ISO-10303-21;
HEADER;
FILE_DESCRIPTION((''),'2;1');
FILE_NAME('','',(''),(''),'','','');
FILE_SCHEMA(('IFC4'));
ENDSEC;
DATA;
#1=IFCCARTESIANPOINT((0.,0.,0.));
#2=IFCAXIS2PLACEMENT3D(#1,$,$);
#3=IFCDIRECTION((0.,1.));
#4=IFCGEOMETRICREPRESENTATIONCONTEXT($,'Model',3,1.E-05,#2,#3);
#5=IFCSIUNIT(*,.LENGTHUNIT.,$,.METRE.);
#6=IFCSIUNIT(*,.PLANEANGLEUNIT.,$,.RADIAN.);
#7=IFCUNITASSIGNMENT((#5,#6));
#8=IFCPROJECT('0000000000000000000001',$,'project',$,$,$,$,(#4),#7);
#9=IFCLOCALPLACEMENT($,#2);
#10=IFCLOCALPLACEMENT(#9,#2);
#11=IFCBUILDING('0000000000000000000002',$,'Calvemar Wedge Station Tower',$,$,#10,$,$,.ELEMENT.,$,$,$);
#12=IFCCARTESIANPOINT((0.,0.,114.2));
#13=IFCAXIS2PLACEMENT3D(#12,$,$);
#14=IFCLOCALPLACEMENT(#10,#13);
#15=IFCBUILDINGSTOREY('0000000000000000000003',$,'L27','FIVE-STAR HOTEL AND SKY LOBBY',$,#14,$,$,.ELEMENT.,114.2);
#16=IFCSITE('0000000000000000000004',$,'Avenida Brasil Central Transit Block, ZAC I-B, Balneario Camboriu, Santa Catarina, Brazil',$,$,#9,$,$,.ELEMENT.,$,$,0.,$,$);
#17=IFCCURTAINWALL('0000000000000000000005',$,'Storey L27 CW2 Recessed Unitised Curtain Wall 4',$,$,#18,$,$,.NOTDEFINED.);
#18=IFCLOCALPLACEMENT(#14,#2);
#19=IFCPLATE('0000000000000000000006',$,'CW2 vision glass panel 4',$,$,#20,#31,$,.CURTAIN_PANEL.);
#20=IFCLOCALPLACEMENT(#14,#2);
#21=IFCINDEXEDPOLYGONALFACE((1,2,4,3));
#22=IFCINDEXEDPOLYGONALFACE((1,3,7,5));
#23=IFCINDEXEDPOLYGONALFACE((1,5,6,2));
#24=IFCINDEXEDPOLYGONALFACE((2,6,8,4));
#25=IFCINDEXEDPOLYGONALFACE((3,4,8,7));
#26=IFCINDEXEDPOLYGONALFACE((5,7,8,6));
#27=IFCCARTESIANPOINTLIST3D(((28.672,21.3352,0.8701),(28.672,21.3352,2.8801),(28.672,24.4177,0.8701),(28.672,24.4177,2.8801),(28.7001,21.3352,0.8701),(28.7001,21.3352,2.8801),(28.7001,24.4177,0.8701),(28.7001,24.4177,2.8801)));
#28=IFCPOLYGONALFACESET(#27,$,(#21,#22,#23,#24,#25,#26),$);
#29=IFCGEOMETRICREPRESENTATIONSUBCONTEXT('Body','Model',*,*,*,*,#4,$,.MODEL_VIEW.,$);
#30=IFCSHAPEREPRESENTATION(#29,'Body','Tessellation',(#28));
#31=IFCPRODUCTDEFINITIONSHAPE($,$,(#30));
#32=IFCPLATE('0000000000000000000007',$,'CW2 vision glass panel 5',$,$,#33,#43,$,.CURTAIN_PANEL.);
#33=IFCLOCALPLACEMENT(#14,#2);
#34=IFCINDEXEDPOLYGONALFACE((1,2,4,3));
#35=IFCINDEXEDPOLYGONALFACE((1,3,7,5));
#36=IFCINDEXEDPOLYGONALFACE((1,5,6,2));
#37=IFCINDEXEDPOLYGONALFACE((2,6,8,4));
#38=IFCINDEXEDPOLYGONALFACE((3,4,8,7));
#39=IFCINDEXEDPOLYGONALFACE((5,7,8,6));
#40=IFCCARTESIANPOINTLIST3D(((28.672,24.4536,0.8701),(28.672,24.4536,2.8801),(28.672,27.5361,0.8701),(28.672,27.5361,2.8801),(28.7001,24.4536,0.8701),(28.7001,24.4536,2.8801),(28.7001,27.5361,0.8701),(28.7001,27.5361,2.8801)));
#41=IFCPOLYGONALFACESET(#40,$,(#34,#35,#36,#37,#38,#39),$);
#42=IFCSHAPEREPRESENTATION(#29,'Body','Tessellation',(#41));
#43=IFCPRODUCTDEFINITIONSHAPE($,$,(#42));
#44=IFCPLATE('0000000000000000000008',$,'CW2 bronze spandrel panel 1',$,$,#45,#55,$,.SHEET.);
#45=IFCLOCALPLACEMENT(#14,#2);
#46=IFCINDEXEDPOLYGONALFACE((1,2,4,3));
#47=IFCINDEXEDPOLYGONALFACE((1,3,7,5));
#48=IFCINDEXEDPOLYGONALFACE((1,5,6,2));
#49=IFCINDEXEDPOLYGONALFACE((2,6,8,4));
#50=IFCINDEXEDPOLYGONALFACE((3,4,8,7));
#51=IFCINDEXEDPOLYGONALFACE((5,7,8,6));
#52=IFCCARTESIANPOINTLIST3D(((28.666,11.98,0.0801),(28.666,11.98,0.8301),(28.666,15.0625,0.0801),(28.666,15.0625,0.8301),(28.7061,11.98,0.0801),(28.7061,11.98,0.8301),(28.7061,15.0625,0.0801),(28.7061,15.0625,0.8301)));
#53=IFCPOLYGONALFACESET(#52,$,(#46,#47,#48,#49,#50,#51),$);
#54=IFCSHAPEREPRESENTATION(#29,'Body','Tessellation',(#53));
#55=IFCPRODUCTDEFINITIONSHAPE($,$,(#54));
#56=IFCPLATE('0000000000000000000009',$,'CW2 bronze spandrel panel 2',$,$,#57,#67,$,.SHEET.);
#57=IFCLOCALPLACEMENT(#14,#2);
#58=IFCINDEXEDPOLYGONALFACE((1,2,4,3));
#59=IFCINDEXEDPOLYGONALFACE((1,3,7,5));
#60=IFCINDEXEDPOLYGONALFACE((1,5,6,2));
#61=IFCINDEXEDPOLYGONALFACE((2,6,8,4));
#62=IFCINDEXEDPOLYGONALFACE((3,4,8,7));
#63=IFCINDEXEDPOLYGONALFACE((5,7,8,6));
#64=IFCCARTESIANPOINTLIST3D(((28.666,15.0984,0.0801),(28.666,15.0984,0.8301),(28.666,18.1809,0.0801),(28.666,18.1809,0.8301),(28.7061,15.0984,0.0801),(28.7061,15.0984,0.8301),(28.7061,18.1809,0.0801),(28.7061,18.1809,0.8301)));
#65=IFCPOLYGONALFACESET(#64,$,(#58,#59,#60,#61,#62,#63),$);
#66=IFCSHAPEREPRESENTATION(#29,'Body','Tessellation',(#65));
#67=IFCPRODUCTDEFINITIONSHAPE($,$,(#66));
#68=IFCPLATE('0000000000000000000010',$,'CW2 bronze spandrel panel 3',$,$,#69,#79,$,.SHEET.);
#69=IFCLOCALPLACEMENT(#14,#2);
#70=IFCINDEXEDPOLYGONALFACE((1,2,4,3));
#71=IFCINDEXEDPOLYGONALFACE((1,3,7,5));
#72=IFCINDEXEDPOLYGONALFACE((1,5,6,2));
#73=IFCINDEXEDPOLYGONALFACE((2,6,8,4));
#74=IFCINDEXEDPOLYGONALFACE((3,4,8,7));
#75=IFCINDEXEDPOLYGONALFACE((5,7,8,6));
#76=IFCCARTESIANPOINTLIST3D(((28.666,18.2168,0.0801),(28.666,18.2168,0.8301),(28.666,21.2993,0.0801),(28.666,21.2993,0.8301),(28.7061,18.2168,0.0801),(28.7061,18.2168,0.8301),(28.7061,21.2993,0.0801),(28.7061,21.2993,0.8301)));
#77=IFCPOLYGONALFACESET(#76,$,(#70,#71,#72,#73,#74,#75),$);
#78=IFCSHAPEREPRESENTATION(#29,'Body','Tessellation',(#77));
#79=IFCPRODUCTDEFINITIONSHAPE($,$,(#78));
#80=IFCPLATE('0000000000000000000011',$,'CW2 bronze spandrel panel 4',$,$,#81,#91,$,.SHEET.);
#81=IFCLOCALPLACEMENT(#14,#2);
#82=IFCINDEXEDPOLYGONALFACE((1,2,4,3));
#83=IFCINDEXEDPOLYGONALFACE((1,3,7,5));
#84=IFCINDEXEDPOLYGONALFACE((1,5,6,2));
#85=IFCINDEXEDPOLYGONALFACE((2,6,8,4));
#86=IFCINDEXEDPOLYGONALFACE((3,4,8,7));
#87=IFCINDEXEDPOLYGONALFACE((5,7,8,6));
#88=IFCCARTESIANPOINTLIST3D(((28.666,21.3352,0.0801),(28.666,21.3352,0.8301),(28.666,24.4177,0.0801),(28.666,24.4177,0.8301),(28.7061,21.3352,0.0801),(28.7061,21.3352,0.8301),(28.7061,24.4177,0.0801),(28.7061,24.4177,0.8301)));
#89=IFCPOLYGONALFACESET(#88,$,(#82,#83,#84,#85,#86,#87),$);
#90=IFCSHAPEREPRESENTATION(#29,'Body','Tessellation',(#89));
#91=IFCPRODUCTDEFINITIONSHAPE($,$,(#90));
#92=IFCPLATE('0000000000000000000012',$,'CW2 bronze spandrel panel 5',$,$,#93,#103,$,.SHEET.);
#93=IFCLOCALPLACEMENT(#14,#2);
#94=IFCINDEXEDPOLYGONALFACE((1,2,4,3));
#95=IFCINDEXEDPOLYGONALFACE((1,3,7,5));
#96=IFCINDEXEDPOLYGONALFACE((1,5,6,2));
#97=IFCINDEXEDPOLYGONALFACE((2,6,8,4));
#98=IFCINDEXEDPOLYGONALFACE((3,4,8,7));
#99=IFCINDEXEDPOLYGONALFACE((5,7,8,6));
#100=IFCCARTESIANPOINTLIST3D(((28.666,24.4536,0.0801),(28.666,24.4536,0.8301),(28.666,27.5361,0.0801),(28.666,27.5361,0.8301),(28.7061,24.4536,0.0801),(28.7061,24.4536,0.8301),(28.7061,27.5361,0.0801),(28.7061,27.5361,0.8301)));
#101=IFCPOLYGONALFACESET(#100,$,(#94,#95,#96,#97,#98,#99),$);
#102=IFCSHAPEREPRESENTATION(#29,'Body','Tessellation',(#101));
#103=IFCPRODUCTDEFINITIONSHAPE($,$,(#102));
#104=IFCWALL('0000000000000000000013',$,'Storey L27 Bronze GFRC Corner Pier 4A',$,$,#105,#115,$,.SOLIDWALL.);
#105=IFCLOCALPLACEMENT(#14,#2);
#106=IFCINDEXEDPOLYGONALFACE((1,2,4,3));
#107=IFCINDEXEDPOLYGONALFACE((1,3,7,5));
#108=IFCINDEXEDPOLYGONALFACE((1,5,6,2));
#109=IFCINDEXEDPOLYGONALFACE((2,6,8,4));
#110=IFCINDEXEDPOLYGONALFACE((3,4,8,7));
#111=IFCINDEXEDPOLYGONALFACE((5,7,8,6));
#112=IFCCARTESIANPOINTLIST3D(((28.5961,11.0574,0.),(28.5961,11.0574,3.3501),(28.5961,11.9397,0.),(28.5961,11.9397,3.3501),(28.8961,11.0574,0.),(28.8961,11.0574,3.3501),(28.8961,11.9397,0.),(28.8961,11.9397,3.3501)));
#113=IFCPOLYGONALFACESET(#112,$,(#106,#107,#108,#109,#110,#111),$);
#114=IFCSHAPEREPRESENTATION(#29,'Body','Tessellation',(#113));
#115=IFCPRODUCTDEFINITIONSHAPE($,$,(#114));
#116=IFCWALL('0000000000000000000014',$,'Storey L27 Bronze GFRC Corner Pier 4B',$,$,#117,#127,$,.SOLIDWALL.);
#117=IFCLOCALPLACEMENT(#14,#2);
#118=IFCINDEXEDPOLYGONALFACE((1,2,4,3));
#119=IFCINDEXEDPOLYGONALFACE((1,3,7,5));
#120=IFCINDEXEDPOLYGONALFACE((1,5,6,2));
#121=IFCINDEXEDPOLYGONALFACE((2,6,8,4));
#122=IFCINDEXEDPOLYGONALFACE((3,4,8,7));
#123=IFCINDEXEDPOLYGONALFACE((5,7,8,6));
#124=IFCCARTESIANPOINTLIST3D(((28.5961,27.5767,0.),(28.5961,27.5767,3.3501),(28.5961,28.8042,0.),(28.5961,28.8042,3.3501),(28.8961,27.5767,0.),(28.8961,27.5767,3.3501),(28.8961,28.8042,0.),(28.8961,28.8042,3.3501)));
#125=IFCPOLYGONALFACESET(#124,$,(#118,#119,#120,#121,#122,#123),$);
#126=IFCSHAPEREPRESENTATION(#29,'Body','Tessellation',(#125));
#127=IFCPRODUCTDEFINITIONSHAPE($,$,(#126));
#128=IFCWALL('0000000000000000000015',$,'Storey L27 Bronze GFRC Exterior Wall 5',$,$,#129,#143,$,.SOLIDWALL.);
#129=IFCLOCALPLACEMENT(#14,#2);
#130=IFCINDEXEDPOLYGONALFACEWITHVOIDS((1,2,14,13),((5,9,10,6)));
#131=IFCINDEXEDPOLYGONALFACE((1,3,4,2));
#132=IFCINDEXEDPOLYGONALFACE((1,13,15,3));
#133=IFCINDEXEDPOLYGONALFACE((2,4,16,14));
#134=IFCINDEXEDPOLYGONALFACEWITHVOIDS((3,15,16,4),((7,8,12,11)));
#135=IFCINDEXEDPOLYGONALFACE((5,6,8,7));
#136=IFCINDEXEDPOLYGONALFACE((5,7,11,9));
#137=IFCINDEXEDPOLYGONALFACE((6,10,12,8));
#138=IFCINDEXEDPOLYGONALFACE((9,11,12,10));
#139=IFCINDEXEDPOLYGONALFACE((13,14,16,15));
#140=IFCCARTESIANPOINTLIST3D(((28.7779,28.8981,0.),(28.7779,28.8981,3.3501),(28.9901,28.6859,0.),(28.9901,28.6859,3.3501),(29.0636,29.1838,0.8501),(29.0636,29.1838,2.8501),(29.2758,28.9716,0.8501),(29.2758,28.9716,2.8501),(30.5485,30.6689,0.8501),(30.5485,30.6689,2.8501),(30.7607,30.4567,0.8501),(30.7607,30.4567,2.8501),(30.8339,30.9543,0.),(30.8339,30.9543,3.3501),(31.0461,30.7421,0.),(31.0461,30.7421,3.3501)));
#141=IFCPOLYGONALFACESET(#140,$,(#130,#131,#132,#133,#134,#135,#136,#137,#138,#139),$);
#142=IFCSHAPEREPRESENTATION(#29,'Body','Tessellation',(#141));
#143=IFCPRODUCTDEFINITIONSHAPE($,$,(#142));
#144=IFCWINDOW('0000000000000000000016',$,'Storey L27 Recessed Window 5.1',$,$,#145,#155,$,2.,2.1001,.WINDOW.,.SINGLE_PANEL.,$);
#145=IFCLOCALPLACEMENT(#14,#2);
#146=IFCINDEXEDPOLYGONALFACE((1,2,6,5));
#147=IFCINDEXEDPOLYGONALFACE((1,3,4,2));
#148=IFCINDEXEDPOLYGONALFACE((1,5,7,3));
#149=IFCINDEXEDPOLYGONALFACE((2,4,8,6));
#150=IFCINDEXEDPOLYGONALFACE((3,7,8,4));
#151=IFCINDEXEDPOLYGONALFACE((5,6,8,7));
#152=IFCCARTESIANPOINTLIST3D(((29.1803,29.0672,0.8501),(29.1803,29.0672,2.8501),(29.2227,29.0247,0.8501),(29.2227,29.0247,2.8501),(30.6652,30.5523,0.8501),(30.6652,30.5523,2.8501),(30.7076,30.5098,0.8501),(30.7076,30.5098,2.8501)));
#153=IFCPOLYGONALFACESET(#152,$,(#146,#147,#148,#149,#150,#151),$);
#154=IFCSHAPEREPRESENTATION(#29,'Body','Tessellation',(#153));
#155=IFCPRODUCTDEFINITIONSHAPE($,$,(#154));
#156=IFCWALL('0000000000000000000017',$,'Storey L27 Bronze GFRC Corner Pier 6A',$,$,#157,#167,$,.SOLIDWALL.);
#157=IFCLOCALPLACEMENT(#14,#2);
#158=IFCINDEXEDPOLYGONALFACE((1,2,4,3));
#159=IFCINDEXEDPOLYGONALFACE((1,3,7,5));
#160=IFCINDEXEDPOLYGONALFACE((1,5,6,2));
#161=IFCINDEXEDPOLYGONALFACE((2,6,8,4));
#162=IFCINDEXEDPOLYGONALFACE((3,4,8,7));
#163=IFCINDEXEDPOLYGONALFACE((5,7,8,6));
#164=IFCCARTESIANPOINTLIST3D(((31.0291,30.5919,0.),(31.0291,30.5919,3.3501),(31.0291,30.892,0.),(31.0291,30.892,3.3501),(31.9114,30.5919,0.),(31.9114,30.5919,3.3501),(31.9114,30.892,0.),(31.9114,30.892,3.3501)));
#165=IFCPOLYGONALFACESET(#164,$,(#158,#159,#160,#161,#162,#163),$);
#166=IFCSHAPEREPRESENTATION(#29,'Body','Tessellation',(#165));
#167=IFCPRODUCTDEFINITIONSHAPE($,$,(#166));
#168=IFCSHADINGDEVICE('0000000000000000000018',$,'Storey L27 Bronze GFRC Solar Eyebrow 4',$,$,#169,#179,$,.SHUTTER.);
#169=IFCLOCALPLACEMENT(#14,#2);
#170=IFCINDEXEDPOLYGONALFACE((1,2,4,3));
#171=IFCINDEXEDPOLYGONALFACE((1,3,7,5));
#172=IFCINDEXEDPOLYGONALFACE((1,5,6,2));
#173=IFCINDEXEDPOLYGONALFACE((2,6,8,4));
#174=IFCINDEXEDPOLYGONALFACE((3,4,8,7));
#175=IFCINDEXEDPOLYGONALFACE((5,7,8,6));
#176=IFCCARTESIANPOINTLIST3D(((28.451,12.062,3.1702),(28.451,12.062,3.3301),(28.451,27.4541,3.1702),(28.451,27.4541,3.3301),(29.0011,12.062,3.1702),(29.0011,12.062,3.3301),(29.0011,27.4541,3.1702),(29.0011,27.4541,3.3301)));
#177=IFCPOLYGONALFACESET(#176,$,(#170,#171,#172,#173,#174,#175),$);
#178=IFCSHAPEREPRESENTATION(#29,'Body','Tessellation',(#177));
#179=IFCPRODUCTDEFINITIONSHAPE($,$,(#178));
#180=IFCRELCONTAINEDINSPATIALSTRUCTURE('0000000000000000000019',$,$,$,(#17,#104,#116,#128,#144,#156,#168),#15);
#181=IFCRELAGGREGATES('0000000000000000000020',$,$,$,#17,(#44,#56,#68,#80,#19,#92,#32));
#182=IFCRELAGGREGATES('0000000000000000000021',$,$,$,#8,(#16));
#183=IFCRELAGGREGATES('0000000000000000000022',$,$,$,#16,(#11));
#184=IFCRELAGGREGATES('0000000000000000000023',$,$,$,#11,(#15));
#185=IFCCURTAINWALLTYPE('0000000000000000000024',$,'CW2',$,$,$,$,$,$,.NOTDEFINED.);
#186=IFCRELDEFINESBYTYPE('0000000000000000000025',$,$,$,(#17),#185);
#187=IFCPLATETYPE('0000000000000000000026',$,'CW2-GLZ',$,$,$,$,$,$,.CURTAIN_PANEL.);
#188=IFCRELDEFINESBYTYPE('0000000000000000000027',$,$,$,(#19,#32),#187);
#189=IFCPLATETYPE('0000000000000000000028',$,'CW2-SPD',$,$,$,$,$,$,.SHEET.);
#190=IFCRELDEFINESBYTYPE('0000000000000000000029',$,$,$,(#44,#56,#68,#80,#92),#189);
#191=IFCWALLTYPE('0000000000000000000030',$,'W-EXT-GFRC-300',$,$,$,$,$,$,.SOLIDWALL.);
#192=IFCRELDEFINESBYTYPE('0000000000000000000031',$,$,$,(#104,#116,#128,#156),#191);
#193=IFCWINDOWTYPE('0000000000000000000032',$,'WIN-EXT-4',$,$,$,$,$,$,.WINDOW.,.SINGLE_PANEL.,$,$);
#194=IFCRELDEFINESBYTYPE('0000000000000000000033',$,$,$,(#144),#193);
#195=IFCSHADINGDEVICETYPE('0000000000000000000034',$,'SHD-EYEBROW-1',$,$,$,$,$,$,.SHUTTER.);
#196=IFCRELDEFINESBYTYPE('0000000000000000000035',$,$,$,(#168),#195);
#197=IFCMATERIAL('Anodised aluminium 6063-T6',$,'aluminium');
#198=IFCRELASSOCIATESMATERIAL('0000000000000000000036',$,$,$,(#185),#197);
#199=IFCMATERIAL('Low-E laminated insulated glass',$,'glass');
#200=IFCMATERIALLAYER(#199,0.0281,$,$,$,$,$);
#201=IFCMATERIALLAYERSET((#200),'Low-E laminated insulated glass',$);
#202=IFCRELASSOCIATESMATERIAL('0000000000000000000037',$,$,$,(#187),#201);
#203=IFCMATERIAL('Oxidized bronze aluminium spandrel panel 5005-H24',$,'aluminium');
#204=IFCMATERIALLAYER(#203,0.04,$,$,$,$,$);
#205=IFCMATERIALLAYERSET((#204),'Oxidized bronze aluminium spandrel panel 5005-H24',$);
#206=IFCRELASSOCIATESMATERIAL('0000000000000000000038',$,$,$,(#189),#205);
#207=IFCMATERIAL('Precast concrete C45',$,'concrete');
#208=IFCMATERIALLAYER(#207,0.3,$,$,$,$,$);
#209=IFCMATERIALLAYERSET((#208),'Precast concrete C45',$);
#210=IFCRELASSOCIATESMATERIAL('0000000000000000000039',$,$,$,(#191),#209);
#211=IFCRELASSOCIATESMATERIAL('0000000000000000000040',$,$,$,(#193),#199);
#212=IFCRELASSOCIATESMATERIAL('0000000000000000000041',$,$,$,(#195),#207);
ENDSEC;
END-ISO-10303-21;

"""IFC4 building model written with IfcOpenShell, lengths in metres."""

from ifc_helpers import new_model, si_unit, direction, frame, frame_2d, origin, place, context, subcontext, project, spatial, rectangle, extrude, source, transform, mapped, material, layer, layer_set, type_object, element, fill, aggregate, save


model = new_model("IFC4")

# Units and contexts
model_context = context("Model", 3, precision=1e-05, world=origin(), true_north=direction((0.0, 1.0)))
body_context = subcontext(model_context, "Body", "Model", "MODEL_VIEW")
ifc_project = project(units=[si_unit("LENGTHUNIT", "METRE"), si_unit("PLANEANGLEUNIT", "RADIAN")], contexts=[model_context])

# Site, building, storey
site_placement = place(None, origin())
site = spatial("IfcSite", under=ifc_project, at=site_placement, Name="Avenida Brasil Central Transit Block, ZAC I-B, Balneario Camboriu, Santa Catarina, Brazil", CompositionType="ELEMENT", RefElevation=0.0)
building_placement = place(site_placement, origin())
building = spatial("IfcBuilding", under=site, at=building_placement, Name="Calvemar Wedge Station Tower", CompositionType="ELEMENT")
storey_placement = place(building_placement, frame((0.0, 0.0, 114.2)))
storey = spatial("IfcBuildingStorey", under=building, at=storey_placement, Name="L27", Description="FIVE-STAR HOTEL AND SKY LOBBY", CompositionType="ELEMENT", Elevation=114.2)

# Curtain wall
ifc_material_1 = material(Name="Anodised aluminium 6063-T6", Category="aluminium")
curtain_wall_type = type_object("IfcCurtainWallType", Name="CW2", PredefinedType="NOTDEFINED", material=ifc_material_1)
curtain_wall_1_placement = place(storey_placement, origin())
curtain_wall_1 = element("IfcCurtainWall", 1, at=curtain_wall_1_placement, inside=storey, type_object=curtain_wall_type, Name="Storey L27 CW2 Recessed Unitised Curtain Wall 4", PredefinedType="NOTDEFINED")

# Plates
ifc_material_2 = material(Name="Low-E laminated insulated glass", Category="glass")
ifc_layer_1 = layer(ifc_material_2, 0.0281)
ifc_layer_set_1 = layer_set([ifc_layer_1], Name="Low-E laminated insulated glass")
plate_type_1 = type_object("IfcPlateType", Name="CW2-GLZ", PredefinedType="CURTAIN_PANEL", material=ifc_layer_set_1)
plate_1_placement = place(storey_placement, frame((28.686, 21.3352, 0.8701), z_axis=(0.0, 0.0, 1.0), x_axis=(0.0, 1.0, 0.0)))
plate_1 = element("IfcPlate", 2, at=plate_1_placement, type_object=plate_type_1, Name="CW2 vision glass panel 4", PredefinedType="CURTAIN_PANEL", context=body_context, shape_type="SweptSolid", body=[
    extrude(rectangle(XDim=3.0825, YDim=0.0281, at=frame_2d((1.5413, 0.0))), origin(), (0.0, 0.0, 1.0), 2.01),
])
plate_2_placement = place(storey_placement, frame((28.686, 24.4536, 0.8701), z_axis=(0.0, 0.0, 1.0), x_axis=(0.0, 1.0, 0.0)))
plate_2 = element("IfcPlate", 3, at=plate_2_placement, type_object=plate_type_1, Name="CW2 vision glass panel 5", PredefinedType="CURTAIN_PANEL", context=body_context, shape_type="SweptSolid", body=[
    extrude(rectangle(XDim=3.0825, YDim=0.0281, at=frame_2d((1.5413, 0.0))), origin(), (0.0, 0.0, 1.0), 2.01),
])
ifc_material_3 = material(Name="Oxidized bronze aluminium spandrel panel 5005-H24", Category="aluminium")
ifc_layer_2 = layer(ifc_material_3, 0.04)
ifc_layer_set_2 = layer_set([ifc_layer_2], Name="Oxidized bronze aluminium spandrel panel 5005-H24")
plate_type_2 = type_object("IfcPlateType", Name="CW2-SPD", PredefinedType="SHEET", material=ifc_layer_set_2)
plate_3_placement = place(storey_placement, frame((28.686, 11.98, 0.0801), z_axis=(0.0, 0.0, 1.0), x_axis=(0.0, 1.0, 0.0)))
plate_3 = element("IfcPlate", 4, at=plate_3_placement, type_object=plate_type_2, Name="CW2 bronze spandrel panel 1", PredefinedType="SHEET", context=body_context, shape_type="SweptSolid", body=[
    extrude(rectangle(XDim=3.0825, YDim=0.04, at=frame_2d((1.5413, 0.0))), origin(), (0.0, 0.0, 1.0), 0.75),
])
plate_4_placement = place(storey_placement, frame((28.686, 15.0984, 0.0801), z_axis=(0.0, 0.0, 1.0), x_axis=(0.0, 1.0, 0.0)))
plate_4 = element("IfcPlate", 5, at=plate_4_placement, type_object=plate_type_2, Name="CW2 bronze spandrel panel 2", PredefinedType="SHEET", context=body_context, shape_type="SweptSolid", body=[
    extrude(rectangle(XDim=3.0825, YDim=0.04, at=frame_2d((1.5413, 0.0))), origin(), (0.0, 0.0, 1.0), 0.75),
])
plate_5_placement = place(storey_placement, frame((28.686, 18.2168, 0.0801), z_axis=(0.0, 0.0, 1.0), x_axis=(0.0, 1.0, 0.0)))
plate_5 = element("IfcPlate", 6, at=plate_5_placement, type_object=plate_type_2, Name="CW2 bronze spandrel panel 3", PredefinedType="SHEET", context=body_context, shape_type="SweptSolid", body=[
    extrude(rectangle(XDim=3.0825, YDim=0.04, at=frame_2d((1.5413, 0.0))), origin(), (0.0, 0.0, 1.0), 0.75),
])
plate_6_placement = place(storey_placement, frame((28.686, 21.3352, 0.0801), z_axis=(0.0, 0.0, 1.0), x_axis=(0.0, 1.0, 0.0)))
plate_6 = element("IfcPlate", 7, at=plate_6_placement, type_object=plate_type_2, Name="CW2 bronze spandrel panel 4", PredefinedType="SHEET", context=body_context, shape_type="SweptSolid", body=[
    extrude(rectangle(XDim=3.0825, YDim=0.04, at=frame_2d((1.5413, 0.0))), origin(), (0.0, 0.0, 1.0), 0.75),
])
plate_7_placement = place(storey_placement, frame((28.686, 24.4536, 0.0801), z_axis=(0.0, 0.0, 1.0), x_axis=(0.0, 1.0, 0.0)))
plate_7 = element("IfcPlate", 8, at=plate_7_placement, type_object=plate_type_2, Name="CW2 bronze spandrel panel 5", PredefinedType="SHEET", context=body_context, shape_type="SweptSolid", body=[
    extrude(rectangle(XDim=3.0825, YDim=0.04, at=frame_2d((1.5413, 0.0))), origin(), (0.0, 0.0, 1.0), 0.75),
])
aggregate(curtain_wall_1, [plate_3, plate_4, plate_5, plate_6, plate_1, plate_7, plate_2])

# Walls
ifc_material_4 = material(Name="Precast concrete C45", Category="concrete")
ifc_layer_3 = layer(ifc_material_4, 0.3)
ifc_layer_set_3 = layer_set([ifc_layer_3], Name="Precast concrete C45")
wall_type = type_object("IfcWallType", Name="W-EXT-GFRC-300", PredefinedType="SOLIDWALL", material=ifc_layer_set_3)
wall_1_placement = place(storey_placement, frame((28.7461, 11.0574, 0.0), z_axis=(0.0, 0.0, 1.0), x_axis=(0.0, 1.0, 0.0)))
element("IfcWall", 9, at=wall_1_placement, inside=storey, type_object=wall_type, Name="Storey L27 Bronze GFRC Corner Pier 4A", PredefinedType="SOLIDWALL", context=body_context, shape_type="SweptSolid", body=[
    extrude(rectangle(XDim=0.8823, YDim=0.3, at=frame_2d((0.4412, 0.0))), origin(), (0.0, 0.0, 1.0), 3.3501),
])
wall_2_placement = place(storey_placement, frame((28.7461, 27.5767, 0.0), z_axis=(0.0, 0.0, 1.0), x_axis=(0.0, 1.0, 0.0)))
element("IfcWall", 10, at=wall_2_placement, inside=storey, type_object=wall_type, Name="Storey L27 Bronze GFRC Corner Pier 4B", PredefinedType="SOLIDWALL", context=body_context, shape_type="SweptSolid", body=[
    extrude(rectangle(XDim=1.2275, YDim=0.3, at=frame_2d((0.6138, 0.0))), origin(), (0.0, 0.0, 1.0), 3.3501),
])

# Wall, opening, window
wall_3_placement = place(storey_placement, frame((28.884, 28.792, 0.0), z_axis=(0.0, 0.0, 1.0), x_axis=(0.707065, 0.707149, 0.0)))
wall_3 = element("IfcWall", 11, at=wall_3_placement, inside=storey, type_object=wall_type, Name="Storey L27 Bronze GFRC Exterior Wall 5", PredefinedType="SOLIDWALL", context=body_context, shape_type="SweptSolid", body=[
    extrude(rectangle(XDim=2.9077, YDim=0.3, at=frame_2d((1.4539, 0.0))), origin(), (0.0, 0.0, 1.0), 3.3501),
])
shared_shape_1 = source(origin(), body_context, "Body", "SweptSolid", [
    extrude(rectangle(XDim=2.1001, YDim=2.0, at=frame_2d((1.05, 1.0))), frame((0.0, 0.1602, 0.0), z_axis=(0.0, -1.0, 0.0), x_axis=(1.0, 0.0, 0.0)), (0.0, 0.0, 1.0), 0.3201),
])
opening_placement = place(wall_3_placement, frame((0.4041, 0.0, 0.8501)))
opening = element("IfcOpeningElement", 12, at=opening_placement, cuts=wall_3, PredefinedType="OPENING", context=body_context, shape_type="MappedRepresentation", body=[
    mapped(shared_shape_1, transform((0.0, 0.0, 0.0), scale=1.0)),
])
window_type = type_object("IfcWindowType", Name="WIN-EXT-4", PartitioningType="SINGLE_PANEL", PredefinedType="WINDOW", material=ifc_material_2)
shared_shape_2 = source(origin(), body_context, "Body", "SweptSolid", [
    extrude(rectangle(XDim=2.1001, YDim=2.0, at=frame_2d((1.05, 1.0))), frame((0.0, -0.0149, 0.0), z_axis=(0.0, -1.0, 0.0), x_axis=(1.0, 0.0, 0.0)), (0.0, 0.0, 1.0), 0.0601),
])
window_placement = place(opening_placement, origin())
window = element("IfcWindow", 13, at=window_placement, inside=storey, type_object=window_type, Name="Storey L27 Recessed Window 5.1", OverallHeight=2.0, OverallWidth=2.1001, PartitioningType="SINGLE_PANEL", PredefinedType="WINDOW", context=body_context, shape_type="MappedRepresentation", body=[
    mapped(shared_shape_2, transform((0.0, 0.0, 0.0), scale=1.0)),
])
fill(opening, window)

# Wall
wall_4_placement = place(storey_placement, frame((31.0291, 30.7419, 0.0), z_axis=(0.0, 0.0, 1.0), x_axis=(1.0, 0.0, 0.0)))
element("IfcWall", 14, at=wall_4_placement, inside=storey, type_object=wall_type, Name="Storey L27 Bronze GFRC Corner Pier 6A", PredefinedType="SOLIDWALL", context=body_context, shape_type="SweptSolid", body=[
    extrude(rectangle(XDim=0.8823, YDim=0.3, at=frame_2d((0.4412, 0.0))), origin(), (0.0, 0.0, 1.0), 3.3501),
])

# Shading device
shading_device_type = type_object("IfcShadingDeviceType", Name="SHD-EYEBROW-1", PredefinedType="SHUTTER", material=ifc_material_4)
shading_device_placement = place(storey_placement, frame((28.7261, 12.062, 3.1702), z_axis=(0.0, 0.0, 1.0), x_axis=(0.0, 1.0, 0.0)))
element("IfcShadingDevice", 15, at=shading_device_placement, inside=storey, type_object=shading_device_type, Name="Storey L27 Bronze GFRC Solar Eyebrow 4", PredefinedType="SHUTTER", context=body_context, shape_type="SweptSolid", body=[
    extrude(rectangle(XDim=15.3921, YDim=0.55, at=frame_2d((7.696, 0.0))), origin(), (0.0, 0.0, 1.0), 0.1599),
])

save(model, "model.ifc")
